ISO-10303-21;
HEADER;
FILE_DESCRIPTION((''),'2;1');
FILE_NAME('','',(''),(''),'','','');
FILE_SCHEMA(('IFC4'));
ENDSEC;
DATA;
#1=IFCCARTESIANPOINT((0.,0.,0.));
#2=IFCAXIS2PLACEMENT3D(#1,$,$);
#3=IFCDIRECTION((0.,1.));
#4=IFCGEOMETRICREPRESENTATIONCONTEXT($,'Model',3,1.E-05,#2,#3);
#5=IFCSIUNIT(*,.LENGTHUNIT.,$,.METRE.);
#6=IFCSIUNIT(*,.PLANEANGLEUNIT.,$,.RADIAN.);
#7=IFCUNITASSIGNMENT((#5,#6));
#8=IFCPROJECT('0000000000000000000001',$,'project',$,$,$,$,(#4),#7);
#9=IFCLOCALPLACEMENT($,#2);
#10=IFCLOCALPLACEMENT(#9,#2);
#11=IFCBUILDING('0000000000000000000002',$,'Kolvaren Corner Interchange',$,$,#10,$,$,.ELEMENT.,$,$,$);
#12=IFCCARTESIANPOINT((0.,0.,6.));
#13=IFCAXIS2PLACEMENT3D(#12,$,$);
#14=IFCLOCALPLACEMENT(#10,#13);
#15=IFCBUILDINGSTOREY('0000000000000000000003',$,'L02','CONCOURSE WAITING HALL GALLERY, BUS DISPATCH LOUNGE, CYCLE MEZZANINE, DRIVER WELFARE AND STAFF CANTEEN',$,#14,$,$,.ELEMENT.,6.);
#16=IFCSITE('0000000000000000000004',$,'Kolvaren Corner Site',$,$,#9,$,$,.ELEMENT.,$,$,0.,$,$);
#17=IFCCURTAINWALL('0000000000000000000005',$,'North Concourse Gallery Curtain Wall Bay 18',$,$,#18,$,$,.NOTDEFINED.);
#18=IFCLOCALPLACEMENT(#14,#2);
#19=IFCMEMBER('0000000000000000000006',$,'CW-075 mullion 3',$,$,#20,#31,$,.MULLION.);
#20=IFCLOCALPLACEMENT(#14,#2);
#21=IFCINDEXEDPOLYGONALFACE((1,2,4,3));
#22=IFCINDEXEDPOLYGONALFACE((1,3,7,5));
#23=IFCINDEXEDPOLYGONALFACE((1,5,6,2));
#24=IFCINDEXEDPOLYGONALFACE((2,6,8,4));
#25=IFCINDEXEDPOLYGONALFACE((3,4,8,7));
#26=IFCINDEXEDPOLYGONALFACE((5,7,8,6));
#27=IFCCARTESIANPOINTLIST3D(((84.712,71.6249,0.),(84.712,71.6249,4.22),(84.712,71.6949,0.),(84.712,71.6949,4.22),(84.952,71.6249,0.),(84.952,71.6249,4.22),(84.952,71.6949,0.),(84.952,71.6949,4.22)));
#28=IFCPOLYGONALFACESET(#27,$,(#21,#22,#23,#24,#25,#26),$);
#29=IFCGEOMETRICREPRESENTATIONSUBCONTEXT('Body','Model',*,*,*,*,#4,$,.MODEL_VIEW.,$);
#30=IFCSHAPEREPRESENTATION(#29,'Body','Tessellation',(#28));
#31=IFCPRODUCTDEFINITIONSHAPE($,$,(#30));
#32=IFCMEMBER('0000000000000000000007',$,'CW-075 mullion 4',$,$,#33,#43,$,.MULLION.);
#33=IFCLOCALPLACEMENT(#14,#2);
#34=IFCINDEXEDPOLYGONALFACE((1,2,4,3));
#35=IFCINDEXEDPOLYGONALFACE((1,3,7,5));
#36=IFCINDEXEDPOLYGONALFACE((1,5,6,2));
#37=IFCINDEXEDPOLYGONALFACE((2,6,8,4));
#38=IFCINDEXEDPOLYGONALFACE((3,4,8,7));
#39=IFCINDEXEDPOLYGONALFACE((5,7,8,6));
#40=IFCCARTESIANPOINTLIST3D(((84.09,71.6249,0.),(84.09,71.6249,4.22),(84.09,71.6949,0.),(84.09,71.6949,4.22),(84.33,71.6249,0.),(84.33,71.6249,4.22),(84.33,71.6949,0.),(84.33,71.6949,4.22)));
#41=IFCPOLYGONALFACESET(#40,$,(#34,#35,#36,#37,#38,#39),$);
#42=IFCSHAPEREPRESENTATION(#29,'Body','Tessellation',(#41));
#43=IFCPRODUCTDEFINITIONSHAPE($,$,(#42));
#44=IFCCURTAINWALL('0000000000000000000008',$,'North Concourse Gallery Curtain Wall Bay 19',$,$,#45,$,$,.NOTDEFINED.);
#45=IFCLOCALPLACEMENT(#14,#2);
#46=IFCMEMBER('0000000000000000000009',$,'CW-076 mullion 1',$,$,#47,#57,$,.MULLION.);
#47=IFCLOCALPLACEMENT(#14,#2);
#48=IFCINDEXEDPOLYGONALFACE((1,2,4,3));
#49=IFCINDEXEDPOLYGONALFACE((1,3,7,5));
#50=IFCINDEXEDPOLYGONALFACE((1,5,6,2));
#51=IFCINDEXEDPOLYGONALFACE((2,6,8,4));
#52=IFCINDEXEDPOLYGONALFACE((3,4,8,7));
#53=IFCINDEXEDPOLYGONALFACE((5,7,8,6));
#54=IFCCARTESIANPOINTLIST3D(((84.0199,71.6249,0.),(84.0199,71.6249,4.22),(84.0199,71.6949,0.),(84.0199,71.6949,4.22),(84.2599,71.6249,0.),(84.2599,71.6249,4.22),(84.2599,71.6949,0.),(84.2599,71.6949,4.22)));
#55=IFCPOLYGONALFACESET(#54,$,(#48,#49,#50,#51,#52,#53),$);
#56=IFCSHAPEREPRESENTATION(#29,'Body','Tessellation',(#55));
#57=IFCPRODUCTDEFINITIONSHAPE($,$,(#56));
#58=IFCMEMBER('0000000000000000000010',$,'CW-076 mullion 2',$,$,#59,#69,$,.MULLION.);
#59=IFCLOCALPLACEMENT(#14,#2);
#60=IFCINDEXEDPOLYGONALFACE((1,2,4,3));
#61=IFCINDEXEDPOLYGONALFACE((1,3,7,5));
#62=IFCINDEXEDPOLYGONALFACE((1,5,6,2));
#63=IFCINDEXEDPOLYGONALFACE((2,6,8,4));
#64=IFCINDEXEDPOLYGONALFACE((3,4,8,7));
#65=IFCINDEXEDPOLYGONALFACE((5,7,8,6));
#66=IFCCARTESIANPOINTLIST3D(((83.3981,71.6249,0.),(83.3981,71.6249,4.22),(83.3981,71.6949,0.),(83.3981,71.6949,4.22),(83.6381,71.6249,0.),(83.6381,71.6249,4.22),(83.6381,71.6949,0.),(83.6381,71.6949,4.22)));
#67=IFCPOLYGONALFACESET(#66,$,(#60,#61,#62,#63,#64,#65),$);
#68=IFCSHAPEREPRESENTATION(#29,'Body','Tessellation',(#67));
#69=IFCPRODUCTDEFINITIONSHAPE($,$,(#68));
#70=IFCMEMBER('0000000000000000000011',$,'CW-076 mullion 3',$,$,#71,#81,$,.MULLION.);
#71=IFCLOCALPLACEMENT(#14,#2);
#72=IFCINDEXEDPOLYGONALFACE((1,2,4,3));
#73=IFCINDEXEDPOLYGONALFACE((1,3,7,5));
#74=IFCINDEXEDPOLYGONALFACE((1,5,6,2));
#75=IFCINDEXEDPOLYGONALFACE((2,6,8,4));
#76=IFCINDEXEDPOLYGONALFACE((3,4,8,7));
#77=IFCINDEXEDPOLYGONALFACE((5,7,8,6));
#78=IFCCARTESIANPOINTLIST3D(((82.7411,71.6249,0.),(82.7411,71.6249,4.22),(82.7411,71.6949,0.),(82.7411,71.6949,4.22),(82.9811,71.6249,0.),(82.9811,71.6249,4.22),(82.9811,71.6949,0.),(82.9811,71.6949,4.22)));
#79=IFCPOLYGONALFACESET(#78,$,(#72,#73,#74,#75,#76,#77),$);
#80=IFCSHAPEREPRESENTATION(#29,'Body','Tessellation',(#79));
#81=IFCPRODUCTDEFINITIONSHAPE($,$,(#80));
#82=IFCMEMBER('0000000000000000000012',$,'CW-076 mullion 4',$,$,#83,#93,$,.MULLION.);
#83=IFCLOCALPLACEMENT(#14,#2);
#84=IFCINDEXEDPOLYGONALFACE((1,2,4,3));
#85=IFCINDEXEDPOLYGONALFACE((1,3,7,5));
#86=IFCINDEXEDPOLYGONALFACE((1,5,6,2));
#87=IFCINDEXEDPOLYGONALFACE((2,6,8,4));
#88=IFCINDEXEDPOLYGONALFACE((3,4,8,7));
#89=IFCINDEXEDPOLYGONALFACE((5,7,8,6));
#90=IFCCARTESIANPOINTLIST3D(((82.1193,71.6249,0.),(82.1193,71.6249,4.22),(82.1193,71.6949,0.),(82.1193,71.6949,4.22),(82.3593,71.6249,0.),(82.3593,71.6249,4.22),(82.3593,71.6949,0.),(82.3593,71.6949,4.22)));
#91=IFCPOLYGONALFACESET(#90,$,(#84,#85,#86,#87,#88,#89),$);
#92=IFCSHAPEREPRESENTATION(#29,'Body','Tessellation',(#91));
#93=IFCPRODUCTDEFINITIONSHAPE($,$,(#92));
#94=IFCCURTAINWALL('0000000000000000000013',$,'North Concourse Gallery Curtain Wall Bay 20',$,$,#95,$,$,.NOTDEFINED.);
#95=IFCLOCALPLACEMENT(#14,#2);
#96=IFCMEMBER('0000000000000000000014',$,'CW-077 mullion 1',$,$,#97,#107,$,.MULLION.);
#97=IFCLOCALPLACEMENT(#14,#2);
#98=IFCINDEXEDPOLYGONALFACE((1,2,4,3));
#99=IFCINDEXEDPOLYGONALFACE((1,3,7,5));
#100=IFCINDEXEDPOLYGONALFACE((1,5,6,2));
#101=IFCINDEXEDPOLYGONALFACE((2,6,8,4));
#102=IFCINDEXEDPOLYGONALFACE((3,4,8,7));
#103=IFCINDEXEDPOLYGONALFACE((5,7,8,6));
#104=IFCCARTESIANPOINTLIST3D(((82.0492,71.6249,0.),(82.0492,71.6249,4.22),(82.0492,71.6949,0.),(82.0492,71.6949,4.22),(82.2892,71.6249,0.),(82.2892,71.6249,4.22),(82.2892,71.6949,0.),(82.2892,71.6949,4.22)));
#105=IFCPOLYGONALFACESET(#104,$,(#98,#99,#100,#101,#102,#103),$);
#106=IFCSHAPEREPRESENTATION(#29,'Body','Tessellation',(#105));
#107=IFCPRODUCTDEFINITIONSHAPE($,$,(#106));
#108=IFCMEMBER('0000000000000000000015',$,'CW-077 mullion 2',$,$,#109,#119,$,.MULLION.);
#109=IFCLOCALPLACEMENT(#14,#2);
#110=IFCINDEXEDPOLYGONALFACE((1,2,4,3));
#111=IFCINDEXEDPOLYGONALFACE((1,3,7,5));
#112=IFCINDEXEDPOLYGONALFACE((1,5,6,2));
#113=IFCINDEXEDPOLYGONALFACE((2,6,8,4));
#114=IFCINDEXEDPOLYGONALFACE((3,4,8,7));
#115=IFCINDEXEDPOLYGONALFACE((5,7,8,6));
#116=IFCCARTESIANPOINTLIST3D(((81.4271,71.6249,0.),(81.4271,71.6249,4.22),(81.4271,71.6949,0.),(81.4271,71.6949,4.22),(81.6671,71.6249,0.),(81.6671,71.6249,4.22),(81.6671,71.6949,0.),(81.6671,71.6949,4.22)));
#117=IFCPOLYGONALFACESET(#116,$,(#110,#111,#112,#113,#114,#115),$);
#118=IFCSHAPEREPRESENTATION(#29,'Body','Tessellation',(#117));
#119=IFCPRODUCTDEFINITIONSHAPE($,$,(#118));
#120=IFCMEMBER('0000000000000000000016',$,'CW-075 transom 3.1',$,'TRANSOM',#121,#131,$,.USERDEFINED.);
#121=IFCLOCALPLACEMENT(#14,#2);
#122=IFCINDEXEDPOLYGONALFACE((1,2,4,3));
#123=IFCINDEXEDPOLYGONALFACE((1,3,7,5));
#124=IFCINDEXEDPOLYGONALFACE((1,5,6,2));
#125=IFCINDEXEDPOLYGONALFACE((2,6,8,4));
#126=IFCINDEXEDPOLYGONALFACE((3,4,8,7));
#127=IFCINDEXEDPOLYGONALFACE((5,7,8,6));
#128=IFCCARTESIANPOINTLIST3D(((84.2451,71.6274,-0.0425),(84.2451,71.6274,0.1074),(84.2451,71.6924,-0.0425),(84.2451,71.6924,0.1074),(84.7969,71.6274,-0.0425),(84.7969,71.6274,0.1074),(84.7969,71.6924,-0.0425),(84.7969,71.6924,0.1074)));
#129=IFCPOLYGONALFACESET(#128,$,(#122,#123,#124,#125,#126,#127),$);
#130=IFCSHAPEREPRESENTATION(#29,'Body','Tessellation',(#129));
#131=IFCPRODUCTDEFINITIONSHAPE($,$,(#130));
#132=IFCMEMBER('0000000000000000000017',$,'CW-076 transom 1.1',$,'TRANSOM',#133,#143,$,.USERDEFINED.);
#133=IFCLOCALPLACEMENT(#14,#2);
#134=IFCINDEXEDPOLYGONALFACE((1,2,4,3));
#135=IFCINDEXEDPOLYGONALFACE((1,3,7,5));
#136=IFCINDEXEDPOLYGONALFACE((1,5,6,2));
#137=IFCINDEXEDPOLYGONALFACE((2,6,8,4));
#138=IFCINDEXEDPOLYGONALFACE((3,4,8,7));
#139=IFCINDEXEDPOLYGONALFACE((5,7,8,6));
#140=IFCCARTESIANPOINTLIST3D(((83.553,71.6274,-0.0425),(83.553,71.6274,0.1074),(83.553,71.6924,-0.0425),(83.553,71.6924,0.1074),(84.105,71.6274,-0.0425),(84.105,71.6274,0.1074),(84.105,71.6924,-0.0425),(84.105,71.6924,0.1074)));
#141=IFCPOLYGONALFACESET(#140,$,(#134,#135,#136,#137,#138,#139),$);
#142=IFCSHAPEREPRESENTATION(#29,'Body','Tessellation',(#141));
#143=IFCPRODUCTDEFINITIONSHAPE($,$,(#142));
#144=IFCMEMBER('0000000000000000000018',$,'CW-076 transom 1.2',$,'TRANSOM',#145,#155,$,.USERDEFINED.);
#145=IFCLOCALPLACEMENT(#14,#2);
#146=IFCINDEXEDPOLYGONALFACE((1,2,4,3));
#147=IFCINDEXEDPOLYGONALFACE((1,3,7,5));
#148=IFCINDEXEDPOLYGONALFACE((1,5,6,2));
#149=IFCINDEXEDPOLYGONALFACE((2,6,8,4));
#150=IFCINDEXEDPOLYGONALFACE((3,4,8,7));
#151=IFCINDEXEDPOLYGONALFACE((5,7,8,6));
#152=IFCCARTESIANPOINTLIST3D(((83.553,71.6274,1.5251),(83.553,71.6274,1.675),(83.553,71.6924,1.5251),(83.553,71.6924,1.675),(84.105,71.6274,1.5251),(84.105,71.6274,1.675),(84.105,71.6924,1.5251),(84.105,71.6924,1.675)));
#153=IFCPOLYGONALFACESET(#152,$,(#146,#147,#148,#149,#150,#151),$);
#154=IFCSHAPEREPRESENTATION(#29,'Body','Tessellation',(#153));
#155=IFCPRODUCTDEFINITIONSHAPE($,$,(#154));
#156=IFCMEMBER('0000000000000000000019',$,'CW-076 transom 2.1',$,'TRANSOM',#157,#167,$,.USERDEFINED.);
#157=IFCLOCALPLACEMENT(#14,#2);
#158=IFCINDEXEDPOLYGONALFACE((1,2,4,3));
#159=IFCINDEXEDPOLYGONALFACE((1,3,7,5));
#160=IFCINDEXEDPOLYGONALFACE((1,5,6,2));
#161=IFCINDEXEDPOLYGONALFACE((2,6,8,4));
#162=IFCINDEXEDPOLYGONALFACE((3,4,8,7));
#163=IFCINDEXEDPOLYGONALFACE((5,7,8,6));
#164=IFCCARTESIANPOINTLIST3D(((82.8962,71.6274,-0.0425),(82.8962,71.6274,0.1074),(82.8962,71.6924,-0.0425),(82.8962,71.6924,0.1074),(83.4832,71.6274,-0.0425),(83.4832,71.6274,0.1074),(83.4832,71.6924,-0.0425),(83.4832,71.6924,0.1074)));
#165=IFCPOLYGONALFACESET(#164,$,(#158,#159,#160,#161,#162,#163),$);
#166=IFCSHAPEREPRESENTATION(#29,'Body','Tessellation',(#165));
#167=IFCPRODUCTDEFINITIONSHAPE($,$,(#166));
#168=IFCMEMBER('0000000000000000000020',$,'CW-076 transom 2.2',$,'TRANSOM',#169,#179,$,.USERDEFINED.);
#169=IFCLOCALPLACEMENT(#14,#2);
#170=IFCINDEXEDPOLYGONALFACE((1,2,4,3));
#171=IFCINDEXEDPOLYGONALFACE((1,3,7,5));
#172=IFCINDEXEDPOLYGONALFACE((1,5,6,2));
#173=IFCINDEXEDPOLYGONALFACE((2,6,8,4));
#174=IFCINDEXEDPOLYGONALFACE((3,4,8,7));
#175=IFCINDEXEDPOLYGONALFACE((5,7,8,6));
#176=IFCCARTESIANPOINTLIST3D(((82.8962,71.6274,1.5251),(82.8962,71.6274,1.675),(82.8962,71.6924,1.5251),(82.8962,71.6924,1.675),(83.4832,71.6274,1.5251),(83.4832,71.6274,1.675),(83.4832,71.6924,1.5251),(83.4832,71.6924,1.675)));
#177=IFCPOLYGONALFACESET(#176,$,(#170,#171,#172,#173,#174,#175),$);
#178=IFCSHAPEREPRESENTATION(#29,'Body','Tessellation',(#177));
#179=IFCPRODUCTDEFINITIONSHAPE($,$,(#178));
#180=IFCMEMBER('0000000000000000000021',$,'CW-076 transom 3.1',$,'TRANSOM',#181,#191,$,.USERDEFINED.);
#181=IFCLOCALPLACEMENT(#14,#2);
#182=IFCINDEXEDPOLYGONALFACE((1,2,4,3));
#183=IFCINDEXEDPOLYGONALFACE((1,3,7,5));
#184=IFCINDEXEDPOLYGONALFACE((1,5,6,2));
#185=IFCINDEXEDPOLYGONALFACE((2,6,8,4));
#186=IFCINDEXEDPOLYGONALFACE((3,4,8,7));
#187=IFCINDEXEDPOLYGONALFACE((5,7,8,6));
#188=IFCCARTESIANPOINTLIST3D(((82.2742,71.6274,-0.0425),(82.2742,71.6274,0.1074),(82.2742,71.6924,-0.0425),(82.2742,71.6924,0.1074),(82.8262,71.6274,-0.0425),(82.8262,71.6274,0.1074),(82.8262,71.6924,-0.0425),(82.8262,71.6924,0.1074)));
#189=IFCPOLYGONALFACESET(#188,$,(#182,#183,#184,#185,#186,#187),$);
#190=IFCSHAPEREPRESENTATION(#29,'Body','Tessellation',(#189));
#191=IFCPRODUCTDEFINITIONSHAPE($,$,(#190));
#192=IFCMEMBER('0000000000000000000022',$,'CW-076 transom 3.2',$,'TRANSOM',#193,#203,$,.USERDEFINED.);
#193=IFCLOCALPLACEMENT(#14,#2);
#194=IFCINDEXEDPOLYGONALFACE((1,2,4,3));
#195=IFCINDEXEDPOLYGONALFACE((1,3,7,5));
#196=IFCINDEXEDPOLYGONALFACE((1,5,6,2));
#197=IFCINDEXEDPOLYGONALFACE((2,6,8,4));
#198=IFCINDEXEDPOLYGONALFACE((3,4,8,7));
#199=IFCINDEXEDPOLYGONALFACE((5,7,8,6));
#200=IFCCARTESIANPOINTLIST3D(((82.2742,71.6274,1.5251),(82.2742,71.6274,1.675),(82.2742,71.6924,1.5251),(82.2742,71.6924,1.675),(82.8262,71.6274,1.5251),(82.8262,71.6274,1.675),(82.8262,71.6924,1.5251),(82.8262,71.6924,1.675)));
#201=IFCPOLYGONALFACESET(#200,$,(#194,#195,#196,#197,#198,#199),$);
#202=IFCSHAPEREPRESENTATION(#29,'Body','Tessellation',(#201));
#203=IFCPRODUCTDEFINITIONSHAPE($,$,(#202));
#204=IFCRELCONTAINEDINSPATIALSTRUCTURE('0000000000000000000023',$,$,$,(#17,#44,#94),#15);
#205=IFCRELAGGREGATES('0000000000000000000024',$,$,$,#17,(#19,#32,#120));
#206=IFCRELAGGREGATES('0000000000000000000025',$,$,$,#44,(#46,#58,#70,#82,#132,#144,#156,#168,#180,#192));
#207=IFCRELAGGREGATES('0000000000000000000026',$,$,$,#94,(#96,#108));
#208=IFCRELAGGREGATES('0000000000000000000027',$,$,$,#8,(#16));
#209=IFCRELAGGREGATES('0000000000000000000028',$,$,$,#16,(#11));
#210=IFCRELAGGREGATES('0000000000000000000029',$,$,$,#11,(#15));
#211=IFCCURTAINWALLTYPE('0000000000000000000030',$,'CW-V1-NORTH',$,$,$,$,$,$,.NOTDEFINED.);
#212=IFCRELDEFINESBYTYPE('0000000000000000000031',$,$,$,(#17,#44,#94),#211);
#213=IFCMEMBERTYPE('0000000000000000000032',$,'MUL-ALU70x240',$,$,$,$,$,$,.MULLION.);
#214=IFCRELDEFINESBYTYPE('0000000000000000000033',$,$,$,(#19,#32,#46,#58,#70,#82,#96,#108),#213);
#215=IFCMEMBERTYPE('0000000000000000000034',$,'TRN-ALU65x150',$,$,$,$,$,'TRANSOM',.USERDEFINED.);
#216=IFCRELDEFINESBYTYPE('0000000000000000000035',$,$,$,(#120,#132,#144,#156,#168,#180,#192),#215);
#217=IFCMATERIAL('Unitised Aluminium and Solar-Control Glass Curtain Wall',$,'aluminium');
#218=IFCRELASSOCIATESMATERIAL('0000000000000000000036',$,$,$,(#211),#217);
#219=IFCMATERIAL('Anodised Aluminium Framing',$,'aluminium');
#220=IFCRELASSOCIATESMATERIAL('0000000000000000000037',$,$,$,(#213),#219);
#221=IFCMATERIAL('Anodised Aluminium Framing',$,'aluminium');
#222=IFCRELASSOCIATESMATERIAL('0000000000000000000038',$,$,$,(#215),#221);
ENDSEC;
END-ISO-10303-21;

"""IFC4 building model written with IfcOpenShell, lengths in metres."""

from ifc_helpers import new_model, si_unit, direction, frame, origin, origin_2d, place, context, subcontext, project, spatial, rectangle, extrude, material, material_profile, profile_set, type_object, element, aggregate, save


model = new_model("IFC4")

# Units and contexts
model_context = context("Model", 3, precision=1e-05, world=origin(), true_north=direction((0.0, 1.0)))
body_context = subcontext(model_context, "Body", "Model", "MODEL_VIEW")
ifc_project = project(units=[si_unit("LENGTHUNIT", "METRE"), si_unit("PLANEANGLEUNIT", "RADIAN")], contexts=[model_context])

# Site, building, storey
site_placement = place(None, origin())
site = spatial("IfcSite", under=ifc_project, at=site_placement, Name="Kolvaren Corner Site", CompositionType="ELEMENT", RefElevation=0.0)
building_placement = place(site_placement, origin())
building = spatial("IfcBuilding", under=site, at=building_placement, Name="Kolvaren Corner Interchange", CompositionType="ELEMENT")
storey_placement = place(building_placement, frame((0.0, 0.0, 6.0)))
storey = spatial("IfcBuildingStorey", under=building, at=storey_placement, Name="L02", Description="CONCOURSE WAITING HALL GALLERY, BUS DISPATCH LOUNGE, CYCLE MEZZANINE, DRIVER WELFARE AND STAFF CANTEEN", CompositionType="ELEMENT", Elevation=6.0)

# Curtain walls, members
ifc_material_1 = material(Name="Unitised Aluminium and Solar-Control Glass Curtain Wall", Category="aluminium")
curtain_wall_type = type_object("IfcCurtainWallType", Name="CW-V1-NORTH", PredefinedType="NOTDEFINED", material=ifc_material_1)
curtain_wall_1_placement = place(storey_placement, origin())
curtain_wall_1 = element("IfcCurtainWall", 1, at=curtain_wall_1_placement, inside=storey, type_object=curtain_wall_type, Name="North Concourse Gallery Curtain Wall Bay 18", PredefinedType="NOTDEFINED")
ifc_material_2 = material(Name="Anodised Aluminium Framing", Category="aluminium")
ifc_material_profile_1 = material_profile(ifc_material_2, rectangle(XDim=0.0701, YDim=0.24, at=origin_2d()), Name="ALU 70x240")
ifc_profile_set_1 = profile_set([ifc_material_profile_1], Name="Anodised Aluminium Framing")
member_type_1 = type_object("IfcMemberType", Name="MUL-ALU70x240", PredefinedType="MULLION", material=ifc_profile_set_1)
member_1_placement = place(storey_placement, frame((84.832, 71.6599, 0.0), z_axis=(0.0, 0.0, 1.0), x_axis=(0.0, -1.0, 0.0)))
member_1 = element("IfcMember", 2, at=member_1_placement, type_object=member_type_1, Name="CW-075 mullion 3", PredefinedType="MULLION", context=body_context, shape_type="SweptSolid", body=[
    extrude(rectangle(XDim=0.0701, YDim=0.24, at=origin_2d()), origin(), (0.0, 0.0, 1.0), 4.22),
])
member_2_placement = place(storey_placement, frame((84.21, 71.6599, 0.0), z_axis=(0.0, 0.0, 1.0), x_axis=(0.0, -1.0, 0.0)))
member_2 = element("IfcMember", 3, at=member_2_placement, type_object=member_type_1, Name="CW-075 mullion 4", PredefinedType="MULLION", context=body_context, shape_type="SweptSolid", body=[
    extrude(rectangle(XDim=0.0701, YDim=0.24, at=origin_2d()), origin(), (0.0, 0.0, 1.0), 4.22),
])
curtain_wall_2_placement = place(storey_placement, origin())
curtain_wall_2 = element("IfcCurtainWall", 4, at=curtain_wall_2_placement, inside=storey, type_object=curtain_wall_type, Name="North Concourse Gallery Curtain Wall Bay 19", PredefinedType="NOTDEFINED")
member_3_placement = place(storey_placement, frame((84.1399, 71.6599, 0.0), z_axis=(0.0, 0.0, 1.0), x_axis=(0.0, -1.0, 0.0)))
member_3 = element("IfcMember", 5, at=member_3_placement, type_object=member_type_1, Name="CW-076 mullion 1", PredefinedType="MULLION", context=body_context, shape_type="SweptSolid", body=[
    extrude(rectangle(XDim=0.0701, YDim=0.24, at=origin_2d()), origin(), (0.0, 0.0, 1.0), 4.22),
])
member_4_placement = place(storey_placement, frame((83.5181, 71.6599, 0.0), z_axis=(0.0, 0.0, 1.0), x_axis=(0.0, -1.0, 0.0)))
member_4 = element("IfcMember", 6, at=member_4_placement, type_object=member_type_1, Name="CW-076 mullion 2", PredefinedType="MULLION", context=body_context, shape_type="SweptSolid", body=[
    extrude(rectangle(XDim=0.0701, YDim=0.24, at=origin_2d()), origin(), (0.0, 0.0, 1.0), 4.22),
])
member_5_placement = place(storey_placement, frame((82.8611, 71.6599, 0.0), z_axis=(0.0, 0.0, 1.0), x_axis=(0.0, -1.0, 0.0)))
member_5 = element("IfcMember", 7, at=member_5_placement, type_object=member_type_1, Name="CW-076 mullion 3", PredefinedType="MULLION", context=body_context, shape_type="SweptSolid", body=[
    extrude(rectangle(XDim=0.0701, YDim=0.24, at=origin_2d()), origin(), (0.0, 0.0, 1.0), 4.22),
])
member_6_placement = place(storey_placement, frame((82.2393, 71.6599, 0.0), z_axis=(0.0, 0.0, 1.0), x_axis=(0.0, -1.0, 0.0)))
member_6 = element("IfcMember", 8, at=member_6_placement, type_object=member_type_1, Name="CW-076 mullion 4", PredefinedType="MULLION", context=body_context, shape_type="SweptSolid", body=[
    extrude(rectangle(XDim=0.0701, YDim=0.24, at=origin_2d()), origin(), (0.0, 0.0, 1.0), 4.22),
])
curtain_wall_3_placement = place(storey_placement, origin())
curtain_wall_3 = element("IfcCurtainWall", 9, at=curtain_wall_3_placement, inside=storey, type_object=curtain_wall_type, Name="North Concourse Gallery Curtain Wall Bay 20", PredefinedType="NOTDEFINED")
member_7_placement = place(storey_placement, frame((82.1692, 71.6599, 0.0), z_axis=(0.0, 0.0, 1.0), x_axis=(0.0, -1.0, 0.0)))
member_7 = element("IfcMember", 10, at=member_7_placement, type_object=member_type_1, Name="CW-077 mullion 1", PredefinedType="MULLION", context=body_context, shape_type="SweptSolid", body=[
    extrude(rectangle(XDim=0.0701, YDim=0.24, at=origin_2d()), origin(), (0.0, 0.0, 1.0), 4.22),
])
member_8_placement = place(storey_placement, frame((81.5471, 71.6599, 0.0), z_axis=(0.0, 0.0, 1.0), x_axis=(0.0, -1.0, 0.0)))
member_8 = element("IfcMember", 11, at=member_8_placement, type_object=member_type_1, Name="CW-077 mullion 2", PredefinedType="MULLION", context=body_context, shape_type="SweptSolid", body=[
    extrude(rectangle(XDim=0.0701, YDim=0.24, at=origin_2d()), origin(), (0.0, 0.0, 1.0), 4.22),
])

# Members
ifc_material_3 = material(Name="Anodised Aluminium Framing", Category="aluminium")
ifc_material_profile_2 = material_profile(ifc_material_3, rectangle(XDim=0.0649, YDim=0.1499, at=origin_2d()), Name="ALU 65x150")
ifc_profile_set_2 = profile_set([ifc_material_profile_2], Name="Anodised Aluminium Framing")
member_type_2 = type_object("IfcMemberType", Name="TRN-ALU65x150", ElementType="TRANSOM", PredefinedType="USERDEFINED", material=ifc_profile_set_2)
member_9_placement = place(storey_placement, frame((84.7969, 71.6599, 0.0325), z_axis=(-1.0, 0.0, 0.0), x_axis=(0.0, -1.0, 0.0)))
member_9 = element("IfcMember", 12, at=member_9_placement, type_object=member_type_2, Name="CW-075 transom 3.1", ObjectType="TRANSOM", PredefinedType="USERDEFINED", context=body_context, shape_type="SweptSolid", body=[
    extrude(rectangle(XDim=0.0649, YDim=0.1499, at=origin_2d()), origin(), (0.0, 0.0, 1.0), 0.5518),
])
member_10_placement = place(storey_placement, frame((84.105, 71.6599, 0.0325), z_axis=(-1.0, 0.0, 0.0), x_axis=(0.0, -1.0, 0.0)))
member_10 = element("IfcMember", 13, at=member_10_placement, type_object=member_type_2, Name="CW-076 transom 1.1", ObjectType="TRANSOM", PredefinedType="USERDEFINED", context=body_context, shape_type="SweptSolid", body=[
    extrude(rectangle(XDim=0.0649, YDim=0.1499, at=origin_2d()), origin(), (0.0, 0.0, 1.0), 0.552),
])
member_11_placement = place(storey_placement, frame((84.105, 71.6599, 1.6001), z_axis=(-1.0, 0.0, 0.0), x_axis=(0.0, -1.0, 0.0)))
member_11 = element("IfcMember", 14, at=member_11_placement, type_object=member_type_2, Name="CW-076 transom 1.2", ObjectType="TRANSOM", PredefinedType="USERDEFINED", context=body_context, shape_type="SweptSolid", body=[
    extrude(rectangle(XDim=0.0649, YDim=0.1499, at=origin_2d()), origin(), (0.0, 0.0, 1.0), 0.552),
])
member_12_placement = place(storey_placement, frame((83.4832, 71.6599, 0.0325), z_axis=(-1.0, 0.0, 0.0), x_axis=(0.0, -1.0, 0.0)))
member_12 = element("IfcMember", 15, at=member_12_placement, type_object=member_type_2, Name="CW-076 transom 2.1", ObjectType="TRANSOM", PredefinedType="USERDEFINED", context=body_context, shape_type="SweptSolid", body=[
    extrude(rectangle(XDim=0.0649, YDim=0.1499, at=origin_2d()), origin(), (0.0, 0.0, 1.0), 0.5869),
])
member_13_placement = place(storey_placement, frame((83.4832, 71.6599, 1.6001), z_axis=(-1.0, 0.0, 0.0), x_axis=(0.0, -1.0, 0.0)))
member_13 = element("IfcMember", 16, at=member_13_placement, type_object=member_type_2, Name="CW-076 transom 2.2", ObjectType="TRANSOM", PredefinedType="USERDEFINED", context=body_context, shape_type="SweptSolid", body=[
    extrude(rectangle(XDim=0.0649, YDim=0.1499, at=origin_2d()), origin(), (0.0, 0.0, 1.0), 0.5869),
])
member_14_placement = place(storey_placement, frame((82.8262, 71.6599, 0.0325), z_axis=(-1.0, 0.0, 0.0), x_axis=(0.0, -1.0, 0.0)))
member_14 = element("IfcMember", 17, at=member_14_placement, type_object=member_type_2, Name="CW-076 transom 3.1", ObjectType="TRANSOM", PredefinedType="USERDEFINED", context=body_context, shape_type="SweptSolid", body=[
    extrude(rectangle(XDim=0.0649, YDim=0.1499, at=origin_2d()), origin(), (0.0, 0.0, 1.0), 0.552),
])
member_15_placement = place(storey_placement, frame((82.8262, 71.6599, 1.6001), z_axis=(-1.0, 0.0, 0.0), x_axis=(0.0, -1.0, 0.0)))
member_15 = element("IfcMember", 18, at=member_15_placement, type_object=member_type_2, Name="CW-076 transom 3.2", ObjectType="TRANSOM", PredefinedType="USERDEFINED", context=body_context, shape_type="SweptSolid", body=[
    extrude(rectangle(XDim=0.0649, YDim=0.1499, at=origin_2d()), origin(), (0.0, 0.0, 1.0), 0.552),
])

aggregate(curtain_wall_1, [member_1, member_2, member_9])
aggregate(curtain_wall_2, [member_3, member_4, member_5, member_6, member_10, member_11, member_12, member_13, member_14, member_15])
aggregate(curtain_wall_3, [member_7, member_8])

save(model, "model.ifc")
